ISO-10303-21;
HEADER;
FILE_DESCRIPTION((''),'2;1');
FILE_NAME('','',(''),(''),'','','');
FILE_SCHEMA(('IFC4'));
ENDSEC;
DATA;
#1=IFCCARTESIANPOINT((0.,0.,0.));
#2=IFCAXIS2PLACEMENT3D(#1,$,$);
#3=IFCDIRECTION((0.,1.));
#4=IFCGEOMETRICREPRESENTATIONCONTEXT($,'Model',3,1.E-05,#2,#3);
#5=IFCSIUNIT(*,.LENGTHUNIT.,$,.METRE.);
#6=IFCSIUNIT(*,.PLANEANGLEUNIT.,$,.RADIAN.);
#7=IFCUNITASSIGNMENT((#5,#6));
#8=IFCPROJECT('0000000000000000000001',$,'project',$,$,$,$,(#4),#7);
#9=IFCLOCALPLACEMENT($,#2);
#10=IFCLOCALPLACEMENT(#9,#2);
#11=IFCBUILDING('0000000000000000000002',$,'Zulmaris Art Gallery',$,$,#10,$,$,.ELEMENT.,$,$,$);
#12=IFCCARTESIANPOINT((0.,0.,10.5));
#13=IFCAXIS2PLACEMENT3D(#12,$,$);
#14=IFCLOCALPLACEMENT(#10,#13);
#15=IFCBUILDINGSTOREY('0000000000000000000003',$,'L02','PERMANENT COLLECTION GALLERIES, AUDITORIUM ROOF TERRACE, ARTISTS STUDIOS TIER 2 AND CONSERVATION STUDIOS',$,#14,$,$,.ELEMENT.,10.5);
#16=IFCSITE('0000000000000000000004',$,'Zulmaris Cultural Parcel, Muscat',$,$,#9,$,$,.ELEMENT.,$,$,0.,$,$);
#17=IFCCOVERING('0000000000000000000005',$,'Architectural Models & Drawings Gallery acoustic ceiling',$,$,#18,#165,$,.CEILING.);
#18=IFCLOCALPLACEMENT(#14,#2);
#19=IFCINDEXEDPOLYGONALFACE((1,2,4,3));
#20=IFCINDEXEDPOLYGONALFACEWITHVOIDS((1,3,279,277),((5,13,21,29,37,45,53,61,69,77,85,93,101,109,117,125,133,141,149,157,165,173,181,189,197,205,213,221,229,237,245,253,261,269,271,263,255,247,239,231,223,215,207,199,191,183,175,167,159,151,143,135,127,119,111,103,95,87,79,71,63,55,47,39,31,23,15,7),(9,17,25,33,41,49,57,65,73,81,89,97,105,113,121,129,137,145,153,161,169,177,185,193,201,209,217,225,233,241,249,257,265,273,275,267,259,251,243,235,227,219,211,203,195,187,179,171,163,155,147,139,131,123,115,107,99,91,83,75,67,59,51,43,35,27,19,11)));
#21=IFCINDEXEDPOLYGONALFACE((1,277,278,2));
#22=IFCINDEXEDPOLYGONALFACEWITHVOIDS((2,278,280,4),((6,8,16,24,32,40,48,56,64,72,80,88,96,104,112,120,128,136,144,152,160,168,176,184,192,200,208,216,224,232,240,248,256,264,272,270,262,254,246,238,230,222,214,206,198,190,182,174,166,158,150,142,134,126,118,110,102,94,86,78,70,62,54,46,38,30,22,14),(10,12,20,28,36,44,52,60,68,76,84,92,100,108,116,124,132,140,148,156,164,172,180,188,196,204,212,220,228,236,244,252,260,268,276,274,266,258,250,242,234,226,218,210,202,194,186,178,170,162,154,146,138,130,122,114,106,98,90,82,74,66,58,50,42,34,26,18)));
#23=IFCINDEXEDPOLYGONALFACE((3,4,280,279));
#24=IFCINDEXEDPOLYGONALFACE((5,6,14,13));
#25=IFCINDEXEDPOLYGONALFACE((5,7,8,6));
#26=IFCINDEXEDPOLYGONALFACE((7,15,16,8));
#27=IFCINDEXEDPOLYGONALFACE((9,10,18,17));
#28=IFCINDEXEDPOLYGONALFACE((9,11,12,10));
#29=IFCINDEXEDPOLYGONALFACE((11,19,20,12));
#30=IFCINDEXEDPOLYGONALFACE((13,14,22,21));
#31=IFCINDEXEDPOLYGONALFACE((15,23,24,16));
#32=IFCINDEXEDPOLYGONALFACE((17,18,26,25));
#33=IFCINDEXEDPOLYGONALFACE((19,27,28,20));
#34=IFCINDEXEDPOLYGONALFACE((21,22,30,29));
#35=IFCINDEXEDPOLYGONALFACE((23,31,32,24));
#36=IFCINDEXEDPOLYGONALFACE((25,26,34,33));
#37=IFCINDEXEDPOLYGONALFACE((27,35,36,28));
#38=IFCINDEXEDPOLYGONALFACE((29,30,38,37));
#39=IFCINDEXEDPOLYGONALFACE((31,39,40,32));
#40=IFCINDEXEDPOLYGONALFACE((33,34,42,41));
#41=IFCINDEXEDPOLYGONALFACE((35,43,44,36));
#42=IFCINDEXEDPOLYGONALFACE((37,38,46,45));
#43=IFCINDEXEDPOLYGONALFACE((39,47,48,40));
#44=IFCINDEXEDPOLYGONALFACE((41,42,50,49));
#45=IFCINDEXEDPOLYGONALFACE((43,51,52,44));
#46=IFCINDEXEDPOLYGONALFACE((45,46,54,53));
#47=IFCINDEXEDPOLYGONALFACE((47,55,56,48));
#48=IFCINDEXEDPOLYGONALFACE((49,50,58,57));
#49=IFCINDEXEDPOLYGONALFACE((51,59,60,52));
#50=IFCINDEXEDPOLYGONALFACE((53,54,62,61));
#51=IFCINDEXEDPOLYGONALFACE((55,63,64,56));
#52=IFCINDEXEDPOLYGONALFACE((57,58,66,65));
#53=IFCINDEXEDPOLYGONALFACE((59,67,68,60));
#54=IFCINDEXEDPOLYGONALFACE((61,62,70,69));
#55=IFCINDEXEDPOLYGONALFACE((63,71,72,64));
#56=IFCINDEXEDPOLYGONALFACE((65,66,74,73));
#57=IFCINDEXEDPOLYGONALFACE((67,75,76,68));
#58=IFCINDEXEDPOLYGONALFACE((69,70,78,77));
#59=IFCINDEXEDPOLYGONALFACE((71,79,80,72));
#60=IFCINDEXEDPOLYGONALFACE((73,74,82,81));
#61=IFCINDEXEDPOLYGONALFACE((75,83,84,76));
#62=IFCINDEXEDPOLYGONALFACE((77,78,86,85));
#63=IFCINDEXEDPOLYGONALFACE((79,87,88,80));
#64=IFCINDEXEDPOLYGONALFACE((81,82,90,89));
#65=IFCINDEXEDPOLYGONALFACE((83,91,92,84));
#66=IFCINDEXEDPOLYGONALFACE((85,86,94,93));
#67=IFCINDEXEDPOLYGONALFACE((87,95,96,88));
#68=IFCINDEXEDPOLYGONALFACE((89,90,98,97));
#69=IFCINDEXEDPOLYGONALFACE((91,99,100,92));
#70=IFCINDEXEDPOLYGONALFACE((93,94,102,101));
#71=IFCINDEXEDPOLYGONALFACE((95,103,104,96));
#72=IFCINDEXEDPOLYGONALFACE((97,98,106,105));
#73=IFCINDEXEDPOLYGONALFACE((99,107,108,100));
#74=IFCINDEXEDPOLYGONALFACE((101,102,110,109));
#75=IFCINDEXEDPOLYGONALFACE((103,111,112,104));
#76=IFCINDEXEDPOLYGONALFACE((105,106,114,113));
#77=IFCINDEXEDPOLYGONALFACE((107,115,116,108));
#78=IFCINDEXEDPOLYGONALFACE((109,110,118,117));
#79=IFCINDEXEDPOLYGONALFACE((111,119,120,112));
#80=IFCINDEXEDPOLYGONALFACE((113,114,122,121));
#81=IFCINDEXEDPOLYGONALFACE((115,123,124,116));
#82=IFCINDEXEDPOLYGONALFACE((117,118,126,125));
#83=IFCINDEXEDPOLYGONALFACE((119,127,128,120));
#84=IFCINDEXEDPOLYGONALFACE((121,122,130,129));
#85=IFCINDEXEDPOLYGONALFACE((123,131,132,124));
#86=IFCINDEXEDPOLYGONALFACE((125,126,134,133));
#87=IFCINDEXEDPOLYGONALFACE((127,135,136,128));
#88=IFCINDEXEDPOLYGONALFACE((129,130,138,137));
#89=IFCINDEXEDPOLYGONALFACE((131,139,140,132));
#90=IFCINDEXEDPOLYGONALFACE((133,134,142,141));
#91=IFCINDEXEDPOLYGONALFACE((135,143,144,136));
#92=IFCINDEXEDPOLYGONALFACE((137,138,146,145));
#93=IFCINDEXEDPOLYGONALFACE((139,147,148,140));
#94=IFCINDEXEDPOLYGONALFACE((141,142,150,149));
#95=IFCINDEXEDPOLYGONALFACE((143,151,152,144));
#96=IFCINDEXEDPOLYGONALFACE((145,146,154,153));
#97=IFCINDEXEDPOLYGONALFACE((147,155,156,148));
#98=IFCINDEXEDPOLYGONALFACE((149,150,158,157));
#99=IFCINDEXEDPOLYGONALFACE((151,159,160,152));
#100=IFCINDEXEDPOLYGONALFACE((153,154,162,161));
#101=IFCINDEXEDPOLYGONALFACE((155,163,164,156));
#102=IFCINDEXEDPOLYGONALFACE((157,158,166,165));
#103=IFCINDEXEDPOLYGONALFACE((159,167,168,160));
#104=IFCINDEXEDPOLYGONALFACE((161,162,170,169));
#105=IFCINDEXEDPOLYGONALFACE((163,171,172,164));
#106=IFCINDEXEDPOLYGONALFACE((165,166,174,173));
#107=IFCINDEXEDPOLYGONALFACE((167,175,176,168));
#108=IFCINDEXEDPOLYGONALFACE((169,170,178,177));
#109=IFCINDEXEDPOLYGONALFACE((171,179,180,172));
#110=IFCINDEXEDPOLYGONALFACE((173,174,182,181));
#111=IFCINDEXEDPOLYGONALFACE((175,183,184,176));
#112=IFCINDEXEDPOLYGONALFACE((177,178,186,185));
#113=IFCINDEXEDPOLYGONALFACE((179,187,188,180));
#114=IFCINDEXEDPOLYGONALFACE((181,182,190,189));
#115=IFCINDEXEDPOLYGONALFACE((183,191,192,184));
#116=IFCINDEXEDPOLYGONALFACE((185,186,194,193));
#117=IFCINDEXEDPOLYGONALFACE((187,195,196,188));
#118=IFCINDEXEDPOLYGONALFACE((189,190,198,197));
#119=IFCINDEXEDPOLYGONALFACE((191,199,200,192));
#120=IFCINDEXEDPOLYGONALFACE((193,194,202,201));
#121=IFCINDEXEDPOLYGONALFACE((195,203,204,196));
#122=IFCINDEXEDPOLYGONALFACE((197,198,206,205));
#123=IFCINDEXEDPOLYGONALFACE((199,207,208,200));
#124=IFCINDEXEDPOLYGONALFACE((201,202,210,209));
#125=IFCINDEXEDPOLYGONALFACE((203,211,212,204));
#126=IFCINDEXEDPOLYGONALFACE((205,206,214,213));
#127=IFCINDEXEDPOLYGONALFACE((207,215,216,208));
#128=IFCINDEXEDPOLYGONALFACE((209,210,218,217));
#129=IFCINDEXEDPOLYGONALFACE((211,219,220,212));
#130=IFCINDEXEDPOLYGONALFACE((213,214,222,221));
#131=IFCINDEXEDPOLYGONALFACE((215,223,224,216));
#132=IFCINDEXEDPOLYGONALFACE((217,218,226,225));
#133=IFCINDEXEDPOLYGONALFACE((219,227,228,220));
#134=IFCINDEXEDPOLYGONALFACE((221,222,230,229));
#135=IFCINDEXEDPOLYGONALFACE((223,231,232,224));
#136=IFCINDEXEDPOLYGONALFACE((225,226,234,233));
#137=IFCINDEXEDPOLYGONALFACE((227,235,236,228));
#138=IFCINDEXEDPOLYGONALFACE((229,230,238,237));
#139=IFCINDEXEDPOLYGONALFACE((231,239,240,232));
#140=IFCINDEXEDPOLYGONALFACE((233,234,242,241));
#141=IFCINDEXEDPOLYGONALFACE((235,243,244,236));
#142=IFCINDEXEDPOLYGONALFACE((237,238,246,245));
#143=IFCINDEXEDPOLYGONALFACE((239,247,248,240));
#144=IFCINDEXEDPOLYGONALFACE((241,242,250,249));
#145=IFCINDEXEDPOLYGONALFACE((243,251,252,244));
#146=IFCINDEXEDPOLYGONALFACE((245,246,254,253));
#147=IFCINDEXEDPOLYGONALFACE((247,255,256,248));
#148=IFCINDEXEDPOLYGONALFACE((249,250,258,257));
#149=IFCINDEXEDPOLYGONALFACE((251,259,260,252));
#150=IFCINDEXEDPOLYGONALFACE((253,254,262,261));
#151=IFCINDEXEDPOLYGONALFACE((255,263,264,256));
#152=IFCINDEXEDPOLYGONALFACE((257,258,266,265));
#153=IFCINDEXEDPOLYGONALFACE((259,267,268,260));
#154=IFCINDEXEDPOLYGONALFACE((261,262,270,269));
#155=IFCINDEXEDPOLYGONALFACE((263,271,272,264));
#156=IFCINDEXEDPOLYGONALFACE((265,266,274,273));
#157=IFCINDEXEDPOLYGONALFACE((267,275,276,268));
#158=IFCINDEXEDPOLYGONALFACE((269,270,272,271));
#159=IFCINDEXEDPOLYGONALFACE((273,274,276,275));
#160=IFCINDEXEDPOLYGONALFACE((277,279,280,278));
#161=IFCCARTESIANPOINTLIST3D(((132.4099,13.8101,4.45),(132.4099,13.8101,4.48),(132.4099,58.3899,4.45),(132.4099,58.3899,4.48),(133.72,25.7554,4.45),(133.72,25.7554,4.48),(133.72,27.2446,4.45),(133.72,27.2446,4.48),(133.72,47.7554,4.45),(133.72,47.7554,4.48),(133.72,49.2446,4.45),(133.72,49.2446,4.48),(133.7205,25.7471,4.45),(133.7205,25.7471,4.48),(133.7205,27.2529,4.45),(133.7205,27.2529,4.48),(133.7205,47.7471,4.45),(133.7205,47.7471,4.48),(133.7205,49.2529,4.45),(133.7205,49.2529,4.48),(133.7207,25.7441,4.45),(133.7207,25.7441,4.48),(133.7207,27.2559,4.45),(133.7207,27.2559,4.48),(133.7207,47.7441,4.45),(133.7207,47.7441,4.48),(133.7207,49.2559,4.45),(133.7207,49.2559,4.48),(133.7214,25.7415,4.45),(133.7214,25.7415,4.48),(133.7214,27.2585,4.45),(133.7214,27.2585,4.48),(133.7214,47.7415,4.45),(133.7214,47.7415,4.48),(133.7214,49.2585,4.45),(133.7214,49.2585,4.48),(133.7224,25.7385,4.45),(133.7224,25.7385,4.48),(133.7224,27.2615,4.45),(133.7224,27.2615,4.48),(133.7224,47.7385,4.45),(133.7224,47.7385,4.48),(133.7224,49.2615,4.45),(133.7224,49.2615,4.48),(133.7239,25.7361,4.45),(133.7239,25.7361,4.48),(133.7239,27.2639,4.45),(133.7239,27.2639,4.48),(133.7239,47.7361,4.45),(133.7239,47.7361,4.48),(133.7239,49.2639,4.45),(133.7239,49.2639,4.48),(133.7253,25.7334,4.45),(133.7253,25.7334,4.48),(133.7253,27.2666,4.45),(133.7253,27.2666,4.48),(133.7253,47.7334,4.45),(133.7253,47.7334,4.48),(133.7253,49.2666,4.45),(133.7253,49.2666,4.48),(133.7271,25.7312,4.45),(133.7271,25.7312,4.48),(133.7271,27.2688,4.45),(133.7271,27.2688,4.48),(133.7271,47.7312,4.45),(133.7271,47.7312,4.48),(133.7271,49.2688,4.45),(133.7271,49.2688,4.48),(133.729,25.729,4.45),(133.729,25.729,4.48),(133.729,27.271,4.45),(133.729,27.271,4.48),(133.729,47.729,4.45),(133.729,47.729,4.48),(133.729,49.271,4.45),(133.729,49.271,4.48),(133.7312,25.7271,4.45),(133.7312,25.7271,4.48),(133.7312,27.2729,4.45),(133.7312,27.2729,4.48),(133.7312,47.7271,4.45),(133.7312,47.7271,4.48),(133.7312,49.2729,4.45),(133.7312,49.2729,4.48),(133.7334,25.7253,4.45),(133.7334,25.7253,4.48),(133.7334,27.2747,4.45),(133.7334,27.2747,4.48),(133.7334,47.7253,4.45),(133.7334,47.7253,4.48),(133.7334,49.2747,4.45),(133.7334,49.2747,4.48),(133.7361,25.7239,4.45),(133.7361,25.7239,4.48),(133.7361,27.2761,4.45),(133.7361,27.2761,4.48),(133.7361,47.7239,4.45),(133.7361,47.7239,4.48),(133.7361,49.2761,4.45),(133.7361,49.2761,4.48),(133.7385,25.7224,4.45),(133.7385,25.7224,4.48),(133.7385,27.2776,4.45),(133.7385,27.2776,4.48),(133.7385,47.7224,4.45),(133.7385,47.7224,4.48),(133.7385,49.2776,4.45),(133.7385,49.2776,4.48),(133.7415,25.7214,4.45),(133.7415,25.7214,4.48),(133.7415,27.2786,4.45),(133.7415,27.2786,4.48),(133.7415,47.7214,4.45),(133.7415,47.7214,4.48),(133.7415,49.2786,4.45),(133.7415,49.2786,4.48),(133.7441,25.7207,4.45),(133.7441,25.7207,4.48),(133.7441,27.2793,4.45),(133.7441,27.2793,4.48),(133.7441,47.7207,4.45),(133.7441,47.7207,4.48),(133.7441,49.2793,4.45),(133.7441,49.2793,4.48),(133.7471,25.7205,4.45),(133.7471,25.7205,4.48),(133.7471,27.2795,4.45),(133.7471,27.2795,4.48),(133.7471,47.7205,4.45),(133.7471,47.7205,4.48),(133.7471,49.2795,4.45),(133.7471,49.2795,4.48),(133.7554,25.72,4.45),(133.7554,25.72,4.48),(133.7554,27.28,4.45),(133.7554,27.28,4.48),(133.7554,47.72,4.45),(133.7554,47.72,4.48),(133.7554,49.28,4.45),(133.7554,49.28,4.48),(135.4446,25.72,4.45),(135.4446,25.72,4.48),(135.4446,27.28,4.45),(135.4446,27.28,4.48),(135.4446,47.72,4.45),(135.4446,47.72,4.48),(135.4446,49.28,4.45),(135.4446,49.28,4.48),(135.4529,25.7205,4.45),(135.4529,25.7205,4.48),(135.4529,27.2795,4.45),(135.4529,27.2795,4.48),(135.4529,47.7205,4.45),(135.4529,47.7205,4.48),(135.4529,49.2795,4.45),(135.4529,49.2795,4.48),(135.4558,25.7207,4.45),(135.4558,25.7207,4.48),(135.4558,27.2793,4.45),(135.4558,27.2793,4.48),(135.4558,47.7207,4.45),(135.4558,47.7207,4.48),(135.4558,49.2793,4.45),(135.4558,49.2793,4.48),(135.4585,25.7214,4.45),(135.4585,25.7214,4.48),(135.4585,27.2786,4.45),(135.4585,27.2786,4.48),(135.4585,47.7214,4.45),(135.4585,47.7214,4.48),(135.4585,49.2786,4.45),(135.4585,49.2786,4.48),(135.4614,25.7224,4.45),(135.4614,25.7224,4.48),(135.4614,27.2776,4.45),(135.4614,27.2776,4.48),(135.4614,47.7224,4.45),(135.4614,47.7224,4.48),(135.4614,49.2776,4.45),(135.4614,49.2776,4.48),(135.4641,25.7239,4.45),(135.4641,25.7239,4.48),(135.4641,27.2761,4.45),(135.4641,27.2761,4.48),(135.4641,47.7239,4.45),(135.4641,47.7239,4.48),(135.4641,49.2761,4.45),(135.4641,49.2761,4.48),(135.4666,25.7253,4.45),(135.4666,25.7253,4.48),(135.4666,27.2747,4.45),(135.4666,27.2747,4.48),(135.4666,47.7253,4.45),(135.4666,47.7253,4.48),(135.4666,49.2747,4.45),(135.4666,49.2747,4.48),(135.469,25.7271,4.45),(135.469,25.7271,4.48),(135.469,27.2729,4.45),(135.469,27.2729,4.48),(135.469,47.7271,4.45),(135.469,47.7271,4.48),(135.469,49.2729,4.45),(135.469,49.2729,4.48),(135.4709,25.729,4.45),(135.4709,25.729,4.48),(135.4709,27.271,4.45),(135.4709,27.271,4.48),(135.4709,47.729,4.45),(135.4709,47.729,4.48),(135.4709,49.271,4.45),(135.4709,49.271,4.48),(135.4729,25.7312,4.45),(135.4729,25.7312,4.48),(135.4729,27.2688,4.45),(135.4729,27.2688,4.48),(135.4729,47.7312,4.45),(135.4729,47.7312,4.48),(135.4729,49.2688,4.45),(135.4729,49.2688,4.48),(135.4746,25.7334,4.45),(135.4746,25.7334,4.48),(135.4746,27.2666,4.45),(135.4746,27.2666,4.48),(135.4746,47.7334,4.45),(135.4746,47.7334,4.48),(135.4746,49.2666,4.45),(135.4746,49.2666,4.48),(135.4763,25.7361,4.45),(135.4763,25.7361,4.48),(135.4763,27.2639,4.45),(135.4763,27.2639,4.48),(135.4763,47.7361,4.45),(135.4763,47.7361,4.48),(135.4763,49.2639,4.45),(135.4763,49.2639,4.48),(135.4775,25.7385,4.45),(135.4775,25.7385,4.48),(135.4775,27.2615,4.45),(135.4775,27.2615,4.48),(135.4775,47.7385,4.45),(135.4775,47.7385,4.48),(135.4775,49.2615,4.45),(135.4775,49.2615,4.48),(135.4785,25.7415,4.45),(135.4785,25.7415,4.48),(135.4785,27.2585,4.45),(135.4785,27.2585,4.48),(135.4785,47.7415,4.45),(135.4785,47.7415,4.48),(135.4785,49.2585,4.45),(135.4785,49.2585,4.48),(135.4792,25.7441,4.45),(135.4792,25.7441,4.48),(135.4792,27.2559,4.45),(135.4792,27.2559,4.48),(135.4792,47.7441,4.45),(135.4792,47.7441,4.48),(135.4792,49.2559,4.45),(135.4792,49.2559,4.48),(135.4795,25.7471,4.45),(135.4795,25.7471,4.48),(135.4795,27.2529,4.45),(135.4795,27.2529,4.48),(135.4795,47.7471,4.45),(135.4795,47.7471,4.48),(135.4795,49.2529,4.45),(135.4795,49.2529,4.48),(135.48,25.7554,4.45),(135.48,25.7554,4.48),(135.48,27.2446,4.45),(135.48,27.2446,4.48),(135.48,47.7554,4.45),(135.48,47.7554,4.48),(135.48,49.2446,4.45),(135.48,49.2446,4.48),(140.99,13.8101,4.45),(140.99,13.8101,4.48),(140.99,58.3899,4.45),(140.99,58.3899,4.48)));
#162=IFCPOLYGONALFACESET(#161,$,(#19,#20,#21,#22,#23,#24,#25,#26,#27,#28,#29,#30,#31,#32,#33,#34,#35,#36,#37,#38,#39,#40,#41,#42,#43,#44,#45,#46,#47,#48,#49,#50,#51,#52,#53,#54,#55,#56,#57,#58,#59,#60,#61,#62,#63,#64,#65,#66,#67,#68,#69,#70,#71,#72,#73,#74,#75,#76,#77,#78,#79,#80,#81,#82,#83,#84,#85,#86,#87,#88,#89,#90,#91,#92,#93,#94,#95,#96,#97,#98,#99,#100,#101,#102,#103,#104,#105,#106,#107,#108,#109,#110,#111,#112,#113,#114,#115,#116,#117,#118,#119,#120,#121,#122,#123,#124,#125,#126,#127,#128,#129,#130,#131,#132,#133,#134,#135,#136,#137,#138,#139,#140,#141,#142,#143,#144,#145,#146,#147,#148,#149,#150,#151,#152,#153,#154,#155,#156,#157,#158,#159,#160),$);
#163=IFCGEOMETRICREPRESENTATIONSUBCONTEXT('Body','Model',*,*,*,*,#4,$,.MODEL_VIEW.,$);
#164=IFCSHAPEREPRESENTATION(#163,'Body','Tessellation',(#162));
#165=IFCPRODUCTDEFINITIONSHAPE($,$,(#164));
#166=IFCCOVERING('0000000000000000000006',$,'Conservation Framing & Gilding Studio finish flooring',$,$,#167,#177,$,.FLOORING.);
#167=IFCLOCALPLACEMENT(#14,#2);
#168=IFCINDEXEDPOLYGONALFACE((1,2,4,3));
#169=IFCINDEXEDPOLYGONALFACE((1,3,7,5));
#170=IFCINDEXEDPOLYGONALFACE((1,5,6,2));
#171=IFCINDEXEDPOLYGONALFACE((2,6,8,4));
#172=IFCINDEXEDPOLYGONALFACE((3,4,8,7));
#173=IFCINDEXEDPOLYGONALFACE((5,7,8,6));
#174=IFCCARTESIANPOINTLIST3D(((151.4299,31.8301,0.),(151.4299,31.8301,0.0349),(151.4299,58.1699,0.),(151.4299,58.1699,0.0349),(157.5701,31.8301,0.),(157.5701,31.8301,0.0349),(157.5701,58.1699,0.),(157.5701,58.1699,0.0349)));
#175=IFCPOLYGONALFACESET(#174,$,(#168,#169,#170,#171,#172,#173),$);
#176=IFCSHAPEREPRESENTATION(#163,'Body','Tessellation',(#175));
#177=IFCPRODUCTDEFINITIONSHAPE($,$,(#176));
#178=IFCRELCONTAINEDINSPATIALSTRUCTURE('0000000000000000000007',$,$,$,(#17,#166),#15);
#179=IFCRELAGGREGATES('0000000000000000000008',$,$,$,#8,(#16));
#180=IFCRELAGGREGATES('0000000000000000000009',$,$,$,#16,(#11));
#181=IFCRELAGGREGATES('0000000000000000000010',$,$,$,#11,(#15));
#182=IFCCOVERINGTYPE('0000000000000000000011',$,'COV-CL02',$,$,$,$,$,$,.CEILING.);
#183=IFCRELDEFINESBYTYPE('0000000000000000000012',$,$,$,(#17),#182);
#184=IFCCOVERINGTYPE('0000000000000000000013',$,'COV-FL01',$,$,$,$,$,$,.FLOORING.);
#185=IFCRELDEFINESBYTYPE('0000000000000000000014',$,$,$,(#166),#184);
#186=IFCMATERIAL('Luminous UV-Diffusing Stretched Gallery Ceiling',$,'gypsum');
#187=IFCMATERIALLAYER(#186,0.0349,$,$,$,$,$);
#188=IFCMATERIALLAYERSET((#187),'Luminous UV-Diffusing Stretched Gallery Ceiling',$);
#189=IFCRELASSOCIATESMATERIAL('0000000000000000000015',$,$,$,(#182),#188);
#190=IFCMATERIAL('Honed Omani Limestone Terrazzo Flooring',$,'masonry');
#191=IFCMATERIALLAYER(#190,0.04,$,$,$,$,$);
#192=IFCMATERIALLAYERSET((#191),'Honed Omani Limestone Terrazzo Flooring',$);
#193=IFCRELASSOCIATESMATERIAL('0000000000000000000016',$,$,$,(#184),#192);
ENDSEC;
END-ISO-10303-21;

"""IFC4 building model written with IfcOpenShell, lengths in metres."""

from ifc_helpers import new_model, si_unit, direction, frame, origin, place, context, subcontext, project, spatial, polyline, outline, extrude, material, layer, layer_set, type_object, element, save


model = new_model("IFC4")

# Units and contexts
model_context = context("Model", 3, precision=1e-05, world=origin(), true_north=direction((0.0, 1.0)))
body_context = subcontext(model_context, "Body", "Model", "MODEL_VIEW")
ifc_project = project(units=[si_unit("LENGTHUNIT", "METRE"), si_unit("PLANEANGLEUNIT", "RADIAN")], contexts=[model_context])

# Site, building, storey
site_placement = place(None, origin())
site = spatial("IfcSite", under=ifc_project, at=site_placement, Name="Zulmaris Cultural Parcel, Muscat", CompositionType="ELEMENT", RefElevation=0.0)
building_placement = place(site_placement, origin())
building = spatial("IfcBuilding", under=site, at=building_placement, Name="Zulmaris Art Gallery", CompositionType="ELEMENT")
storey_placement = place(building_placement, frame((0.0, 0.0, 10.5)))
storey = spatial("IfcBuildingStorey", under=building, at=storey_placement, Name="L02", Description="PERMANENT COLLECTION GALLERIES, AUDITORIUM ROOF TERRACE, ARTISTS STUDIOS TIER 2 AND CONSERVATION STUDIOS", CompositionType="ELEMENT", Elevation=10.5)

# Coverings
ifc_material_1 = material(Name="Luminous UV-Diffusing Stretched Gallery Ceiling", Category="gypsum")
ifc_layer_1 = layer(ifc_material_1, 0.0349)
ifc_layer_set_1 = layer_set([ifc_layer_1], Name="Luminous UV-Diffusing Stretched Gallery Ceiling")
covering_type_1 = type_object("IfcCoveringType", Name="COV-CL02", PredefinedType="CEILING", material=ifc_layer_set_1)
covering_1_placement = place(storey_placement, frame((0.0, 0.0, 4.45)))
element("IfcCovering", 1, at=covering_1_placement, inside=storey, type_object=covering_type_1, Name="Architectural Models & Drawings Gallery acoustic ceiling", PredefinedType="CEILING", context=body_context, shape_type="SweptSolid", body=[
    extrude(outline(polyline([(132.4099, 58.3899), (140.99, 58.3899), (140.99, 13.8101), (132.4099, 13.8101), (132.4099, 58.3899)]), holes=[polyline([(133.7214, 25.7415), (133.7224, 25.7385), (133.7239, 25.7361), (133.7253, 25.7334), (133.7271, 25.7312), (133.729, 25.729), (133.7312, 25.7271), (133.7334, 25.7253), (133.7361, 25.7239), (133.7385, 25.7224), (133.7415, 25.7214), (133.7441, 25.7207), (133.7471, 25.7205), (133.7554, 25.72), (135.4446, 25.72), (135.4529, 25.7205), (135.4558, 25.7207), (135.4585, 25.7214), (135.4614, 25.7224), (135.4641, 25.7239), (135.4666, 25.7253), (135.469, 25.7271), (135.4709, 25.729), (135.4729, 25.7312), (135.4746, 25.7334), (135.4763, 25.7361), (135.4775, 25.7385), (135.4785, 25.7415), (135.4792, 25.7441), (135.4795, 25.7471), (135.48, 25.7554), (135.48, 27.2446), (135.4795, 27.2529), (135.4792, 27.2559), (135.4785, 27.2585), (135.4775, 27.2615), (135.4763, 27.2639), (135.4746, 27.2666), (135.4729, 27.2688), (135.4709, 27.271), (135.469, 27.2729), (135.4666, 27.2747), (135.4641, 27.2761), (135.4614, 27.2776), (135.4585, 27.2786), (135.4558, 27.2793), (135.4529, 27.2795), (135.4446, 27.28), (133.7554, 27.28), (133.7471, 27.2795), (133.7441, 27.2793), (133.7415, 27.2786), (133.7385, 27.2776), (133.7361, 27.2761), (133.7334, 27.2747), (133.7312, 27.2729), (133.729, 27.271), (133.7271, 27.2688), (133.7253, 27.2666), (133.7239, 27.2639), (133.7224, 27.2615), (133.7214, 27.2585), (133.7207, 27.2559), (133.7205, 27.2529), (133.72, 27.2446), (133.72, 25.7554), (133.7205, 25.7471), (133.7207, 25.7441), (133.7214, 25.7415)]), polyline([(133.7214, 47.7415), (133.7224, 47.7385), (133.7239, 47.7361), (133.7253, 47.7334), (133.7271, 47.7312), (133.729, 47.729), (133.7312, 47.7271), (133.7334, 47.7253), (133.7361, 47.7239), (133.7385, 47.7224), (133.7415, 47.7214), (133.7441, 47.7207), (133.7471, 47.7205), (133.7554, 47.72), (135.4446, 47.72), (135.4529, 47.7205), (135.4558, 47.7207), (135.4585, 47.7214), (135.4614, 47.7224), (135.4641, 47.7239), (135.4666, 47.7253), (135.469, 47.7271), (135.4709, 47.729), (135.4729, 47.7312), (135.4746, 47.7334), (135.4763, 47.7361), (135.4775, 47.7385), (135.4785, 47.7415), (135.4792, 47.7441), (135.4795, 47.7471), (135.48, 47.7554), (135.48, 49.2446), (135.4795, 49.2529), (135.4792, 49.2559), (135.4785, 49.2585), (135.4775, 49.2615), (135.4763, 49.2639), (135.4746, 49.2666), (135.4729, 49.2688), (135.4709, 49.271), (135.469, 49.2729), (135.4666, 49.2747), (135.4641, 49.2761), (135.4614, 49.2776), (135.4585, 49.2786), (135.4558, 49.2793), (135.4529, 49.2795), (135.4446, 49.28), (133.7554, 49.28), (133.7471, 49.2795), (133.7441, 49.2793), (133.7415, 49.2786), (133.7385, 49.2776), (133.7361, 49.2761), (133.7334, 49.2747), (133.7312, 49.2729), (133.729, 49.271), (133.7271, 49.2688), (133.7253, 49.2666), (133.7239, 49.2639), (133.7224, 49.2615), (133.7214, 49.2585), (133.7207, 49.2559), (133.7205, 49.2529), (133.72, 49.2446), (133.72, 47.7554), (133.7205, 47.7471), (133.7207, 47.7441), (133.7214, 47.7415)])]), origin(), (0.0, 0.0, 1.0), 0.03),
])
ifc_material_2 = material(Name="Honed Omani Limestone Terrazzo Flooring", Category="masonry")
ifc_layer_2 = layer(ifc_material_2, 0.04)
ifc_layer_set_2 = layer_set([ifc_layer_2], Name="Honed Omani Limestone Terrazzo Flooring")
covering_type_2 = type_object("IfcCoveringType", Name="COV-FL01", PredefinedType="FLOORING", material=ifc_layer_set_2)
covering_2_placement = place(storey_placement, origin())
element("IfcCovering", 2, at=covering_2_placement, inside=storey, type_object=covering_type_2, Name="Conservation Framing & Gilding Studio finish flooring", PredefinedType="FLOORING", context=body_context, shape_type="SweptSolid", body=[
    extrude(outline(polyline([(157.5701, 31.8301), (151.4299, 31.8301), (151.4299, 58.1699), (157.5701, 58.1699), (157.5701, 31.8301)])), origin(), (0.0, 0.0, 1.0), 0.0349),
])

save(model, "model.ifc")
